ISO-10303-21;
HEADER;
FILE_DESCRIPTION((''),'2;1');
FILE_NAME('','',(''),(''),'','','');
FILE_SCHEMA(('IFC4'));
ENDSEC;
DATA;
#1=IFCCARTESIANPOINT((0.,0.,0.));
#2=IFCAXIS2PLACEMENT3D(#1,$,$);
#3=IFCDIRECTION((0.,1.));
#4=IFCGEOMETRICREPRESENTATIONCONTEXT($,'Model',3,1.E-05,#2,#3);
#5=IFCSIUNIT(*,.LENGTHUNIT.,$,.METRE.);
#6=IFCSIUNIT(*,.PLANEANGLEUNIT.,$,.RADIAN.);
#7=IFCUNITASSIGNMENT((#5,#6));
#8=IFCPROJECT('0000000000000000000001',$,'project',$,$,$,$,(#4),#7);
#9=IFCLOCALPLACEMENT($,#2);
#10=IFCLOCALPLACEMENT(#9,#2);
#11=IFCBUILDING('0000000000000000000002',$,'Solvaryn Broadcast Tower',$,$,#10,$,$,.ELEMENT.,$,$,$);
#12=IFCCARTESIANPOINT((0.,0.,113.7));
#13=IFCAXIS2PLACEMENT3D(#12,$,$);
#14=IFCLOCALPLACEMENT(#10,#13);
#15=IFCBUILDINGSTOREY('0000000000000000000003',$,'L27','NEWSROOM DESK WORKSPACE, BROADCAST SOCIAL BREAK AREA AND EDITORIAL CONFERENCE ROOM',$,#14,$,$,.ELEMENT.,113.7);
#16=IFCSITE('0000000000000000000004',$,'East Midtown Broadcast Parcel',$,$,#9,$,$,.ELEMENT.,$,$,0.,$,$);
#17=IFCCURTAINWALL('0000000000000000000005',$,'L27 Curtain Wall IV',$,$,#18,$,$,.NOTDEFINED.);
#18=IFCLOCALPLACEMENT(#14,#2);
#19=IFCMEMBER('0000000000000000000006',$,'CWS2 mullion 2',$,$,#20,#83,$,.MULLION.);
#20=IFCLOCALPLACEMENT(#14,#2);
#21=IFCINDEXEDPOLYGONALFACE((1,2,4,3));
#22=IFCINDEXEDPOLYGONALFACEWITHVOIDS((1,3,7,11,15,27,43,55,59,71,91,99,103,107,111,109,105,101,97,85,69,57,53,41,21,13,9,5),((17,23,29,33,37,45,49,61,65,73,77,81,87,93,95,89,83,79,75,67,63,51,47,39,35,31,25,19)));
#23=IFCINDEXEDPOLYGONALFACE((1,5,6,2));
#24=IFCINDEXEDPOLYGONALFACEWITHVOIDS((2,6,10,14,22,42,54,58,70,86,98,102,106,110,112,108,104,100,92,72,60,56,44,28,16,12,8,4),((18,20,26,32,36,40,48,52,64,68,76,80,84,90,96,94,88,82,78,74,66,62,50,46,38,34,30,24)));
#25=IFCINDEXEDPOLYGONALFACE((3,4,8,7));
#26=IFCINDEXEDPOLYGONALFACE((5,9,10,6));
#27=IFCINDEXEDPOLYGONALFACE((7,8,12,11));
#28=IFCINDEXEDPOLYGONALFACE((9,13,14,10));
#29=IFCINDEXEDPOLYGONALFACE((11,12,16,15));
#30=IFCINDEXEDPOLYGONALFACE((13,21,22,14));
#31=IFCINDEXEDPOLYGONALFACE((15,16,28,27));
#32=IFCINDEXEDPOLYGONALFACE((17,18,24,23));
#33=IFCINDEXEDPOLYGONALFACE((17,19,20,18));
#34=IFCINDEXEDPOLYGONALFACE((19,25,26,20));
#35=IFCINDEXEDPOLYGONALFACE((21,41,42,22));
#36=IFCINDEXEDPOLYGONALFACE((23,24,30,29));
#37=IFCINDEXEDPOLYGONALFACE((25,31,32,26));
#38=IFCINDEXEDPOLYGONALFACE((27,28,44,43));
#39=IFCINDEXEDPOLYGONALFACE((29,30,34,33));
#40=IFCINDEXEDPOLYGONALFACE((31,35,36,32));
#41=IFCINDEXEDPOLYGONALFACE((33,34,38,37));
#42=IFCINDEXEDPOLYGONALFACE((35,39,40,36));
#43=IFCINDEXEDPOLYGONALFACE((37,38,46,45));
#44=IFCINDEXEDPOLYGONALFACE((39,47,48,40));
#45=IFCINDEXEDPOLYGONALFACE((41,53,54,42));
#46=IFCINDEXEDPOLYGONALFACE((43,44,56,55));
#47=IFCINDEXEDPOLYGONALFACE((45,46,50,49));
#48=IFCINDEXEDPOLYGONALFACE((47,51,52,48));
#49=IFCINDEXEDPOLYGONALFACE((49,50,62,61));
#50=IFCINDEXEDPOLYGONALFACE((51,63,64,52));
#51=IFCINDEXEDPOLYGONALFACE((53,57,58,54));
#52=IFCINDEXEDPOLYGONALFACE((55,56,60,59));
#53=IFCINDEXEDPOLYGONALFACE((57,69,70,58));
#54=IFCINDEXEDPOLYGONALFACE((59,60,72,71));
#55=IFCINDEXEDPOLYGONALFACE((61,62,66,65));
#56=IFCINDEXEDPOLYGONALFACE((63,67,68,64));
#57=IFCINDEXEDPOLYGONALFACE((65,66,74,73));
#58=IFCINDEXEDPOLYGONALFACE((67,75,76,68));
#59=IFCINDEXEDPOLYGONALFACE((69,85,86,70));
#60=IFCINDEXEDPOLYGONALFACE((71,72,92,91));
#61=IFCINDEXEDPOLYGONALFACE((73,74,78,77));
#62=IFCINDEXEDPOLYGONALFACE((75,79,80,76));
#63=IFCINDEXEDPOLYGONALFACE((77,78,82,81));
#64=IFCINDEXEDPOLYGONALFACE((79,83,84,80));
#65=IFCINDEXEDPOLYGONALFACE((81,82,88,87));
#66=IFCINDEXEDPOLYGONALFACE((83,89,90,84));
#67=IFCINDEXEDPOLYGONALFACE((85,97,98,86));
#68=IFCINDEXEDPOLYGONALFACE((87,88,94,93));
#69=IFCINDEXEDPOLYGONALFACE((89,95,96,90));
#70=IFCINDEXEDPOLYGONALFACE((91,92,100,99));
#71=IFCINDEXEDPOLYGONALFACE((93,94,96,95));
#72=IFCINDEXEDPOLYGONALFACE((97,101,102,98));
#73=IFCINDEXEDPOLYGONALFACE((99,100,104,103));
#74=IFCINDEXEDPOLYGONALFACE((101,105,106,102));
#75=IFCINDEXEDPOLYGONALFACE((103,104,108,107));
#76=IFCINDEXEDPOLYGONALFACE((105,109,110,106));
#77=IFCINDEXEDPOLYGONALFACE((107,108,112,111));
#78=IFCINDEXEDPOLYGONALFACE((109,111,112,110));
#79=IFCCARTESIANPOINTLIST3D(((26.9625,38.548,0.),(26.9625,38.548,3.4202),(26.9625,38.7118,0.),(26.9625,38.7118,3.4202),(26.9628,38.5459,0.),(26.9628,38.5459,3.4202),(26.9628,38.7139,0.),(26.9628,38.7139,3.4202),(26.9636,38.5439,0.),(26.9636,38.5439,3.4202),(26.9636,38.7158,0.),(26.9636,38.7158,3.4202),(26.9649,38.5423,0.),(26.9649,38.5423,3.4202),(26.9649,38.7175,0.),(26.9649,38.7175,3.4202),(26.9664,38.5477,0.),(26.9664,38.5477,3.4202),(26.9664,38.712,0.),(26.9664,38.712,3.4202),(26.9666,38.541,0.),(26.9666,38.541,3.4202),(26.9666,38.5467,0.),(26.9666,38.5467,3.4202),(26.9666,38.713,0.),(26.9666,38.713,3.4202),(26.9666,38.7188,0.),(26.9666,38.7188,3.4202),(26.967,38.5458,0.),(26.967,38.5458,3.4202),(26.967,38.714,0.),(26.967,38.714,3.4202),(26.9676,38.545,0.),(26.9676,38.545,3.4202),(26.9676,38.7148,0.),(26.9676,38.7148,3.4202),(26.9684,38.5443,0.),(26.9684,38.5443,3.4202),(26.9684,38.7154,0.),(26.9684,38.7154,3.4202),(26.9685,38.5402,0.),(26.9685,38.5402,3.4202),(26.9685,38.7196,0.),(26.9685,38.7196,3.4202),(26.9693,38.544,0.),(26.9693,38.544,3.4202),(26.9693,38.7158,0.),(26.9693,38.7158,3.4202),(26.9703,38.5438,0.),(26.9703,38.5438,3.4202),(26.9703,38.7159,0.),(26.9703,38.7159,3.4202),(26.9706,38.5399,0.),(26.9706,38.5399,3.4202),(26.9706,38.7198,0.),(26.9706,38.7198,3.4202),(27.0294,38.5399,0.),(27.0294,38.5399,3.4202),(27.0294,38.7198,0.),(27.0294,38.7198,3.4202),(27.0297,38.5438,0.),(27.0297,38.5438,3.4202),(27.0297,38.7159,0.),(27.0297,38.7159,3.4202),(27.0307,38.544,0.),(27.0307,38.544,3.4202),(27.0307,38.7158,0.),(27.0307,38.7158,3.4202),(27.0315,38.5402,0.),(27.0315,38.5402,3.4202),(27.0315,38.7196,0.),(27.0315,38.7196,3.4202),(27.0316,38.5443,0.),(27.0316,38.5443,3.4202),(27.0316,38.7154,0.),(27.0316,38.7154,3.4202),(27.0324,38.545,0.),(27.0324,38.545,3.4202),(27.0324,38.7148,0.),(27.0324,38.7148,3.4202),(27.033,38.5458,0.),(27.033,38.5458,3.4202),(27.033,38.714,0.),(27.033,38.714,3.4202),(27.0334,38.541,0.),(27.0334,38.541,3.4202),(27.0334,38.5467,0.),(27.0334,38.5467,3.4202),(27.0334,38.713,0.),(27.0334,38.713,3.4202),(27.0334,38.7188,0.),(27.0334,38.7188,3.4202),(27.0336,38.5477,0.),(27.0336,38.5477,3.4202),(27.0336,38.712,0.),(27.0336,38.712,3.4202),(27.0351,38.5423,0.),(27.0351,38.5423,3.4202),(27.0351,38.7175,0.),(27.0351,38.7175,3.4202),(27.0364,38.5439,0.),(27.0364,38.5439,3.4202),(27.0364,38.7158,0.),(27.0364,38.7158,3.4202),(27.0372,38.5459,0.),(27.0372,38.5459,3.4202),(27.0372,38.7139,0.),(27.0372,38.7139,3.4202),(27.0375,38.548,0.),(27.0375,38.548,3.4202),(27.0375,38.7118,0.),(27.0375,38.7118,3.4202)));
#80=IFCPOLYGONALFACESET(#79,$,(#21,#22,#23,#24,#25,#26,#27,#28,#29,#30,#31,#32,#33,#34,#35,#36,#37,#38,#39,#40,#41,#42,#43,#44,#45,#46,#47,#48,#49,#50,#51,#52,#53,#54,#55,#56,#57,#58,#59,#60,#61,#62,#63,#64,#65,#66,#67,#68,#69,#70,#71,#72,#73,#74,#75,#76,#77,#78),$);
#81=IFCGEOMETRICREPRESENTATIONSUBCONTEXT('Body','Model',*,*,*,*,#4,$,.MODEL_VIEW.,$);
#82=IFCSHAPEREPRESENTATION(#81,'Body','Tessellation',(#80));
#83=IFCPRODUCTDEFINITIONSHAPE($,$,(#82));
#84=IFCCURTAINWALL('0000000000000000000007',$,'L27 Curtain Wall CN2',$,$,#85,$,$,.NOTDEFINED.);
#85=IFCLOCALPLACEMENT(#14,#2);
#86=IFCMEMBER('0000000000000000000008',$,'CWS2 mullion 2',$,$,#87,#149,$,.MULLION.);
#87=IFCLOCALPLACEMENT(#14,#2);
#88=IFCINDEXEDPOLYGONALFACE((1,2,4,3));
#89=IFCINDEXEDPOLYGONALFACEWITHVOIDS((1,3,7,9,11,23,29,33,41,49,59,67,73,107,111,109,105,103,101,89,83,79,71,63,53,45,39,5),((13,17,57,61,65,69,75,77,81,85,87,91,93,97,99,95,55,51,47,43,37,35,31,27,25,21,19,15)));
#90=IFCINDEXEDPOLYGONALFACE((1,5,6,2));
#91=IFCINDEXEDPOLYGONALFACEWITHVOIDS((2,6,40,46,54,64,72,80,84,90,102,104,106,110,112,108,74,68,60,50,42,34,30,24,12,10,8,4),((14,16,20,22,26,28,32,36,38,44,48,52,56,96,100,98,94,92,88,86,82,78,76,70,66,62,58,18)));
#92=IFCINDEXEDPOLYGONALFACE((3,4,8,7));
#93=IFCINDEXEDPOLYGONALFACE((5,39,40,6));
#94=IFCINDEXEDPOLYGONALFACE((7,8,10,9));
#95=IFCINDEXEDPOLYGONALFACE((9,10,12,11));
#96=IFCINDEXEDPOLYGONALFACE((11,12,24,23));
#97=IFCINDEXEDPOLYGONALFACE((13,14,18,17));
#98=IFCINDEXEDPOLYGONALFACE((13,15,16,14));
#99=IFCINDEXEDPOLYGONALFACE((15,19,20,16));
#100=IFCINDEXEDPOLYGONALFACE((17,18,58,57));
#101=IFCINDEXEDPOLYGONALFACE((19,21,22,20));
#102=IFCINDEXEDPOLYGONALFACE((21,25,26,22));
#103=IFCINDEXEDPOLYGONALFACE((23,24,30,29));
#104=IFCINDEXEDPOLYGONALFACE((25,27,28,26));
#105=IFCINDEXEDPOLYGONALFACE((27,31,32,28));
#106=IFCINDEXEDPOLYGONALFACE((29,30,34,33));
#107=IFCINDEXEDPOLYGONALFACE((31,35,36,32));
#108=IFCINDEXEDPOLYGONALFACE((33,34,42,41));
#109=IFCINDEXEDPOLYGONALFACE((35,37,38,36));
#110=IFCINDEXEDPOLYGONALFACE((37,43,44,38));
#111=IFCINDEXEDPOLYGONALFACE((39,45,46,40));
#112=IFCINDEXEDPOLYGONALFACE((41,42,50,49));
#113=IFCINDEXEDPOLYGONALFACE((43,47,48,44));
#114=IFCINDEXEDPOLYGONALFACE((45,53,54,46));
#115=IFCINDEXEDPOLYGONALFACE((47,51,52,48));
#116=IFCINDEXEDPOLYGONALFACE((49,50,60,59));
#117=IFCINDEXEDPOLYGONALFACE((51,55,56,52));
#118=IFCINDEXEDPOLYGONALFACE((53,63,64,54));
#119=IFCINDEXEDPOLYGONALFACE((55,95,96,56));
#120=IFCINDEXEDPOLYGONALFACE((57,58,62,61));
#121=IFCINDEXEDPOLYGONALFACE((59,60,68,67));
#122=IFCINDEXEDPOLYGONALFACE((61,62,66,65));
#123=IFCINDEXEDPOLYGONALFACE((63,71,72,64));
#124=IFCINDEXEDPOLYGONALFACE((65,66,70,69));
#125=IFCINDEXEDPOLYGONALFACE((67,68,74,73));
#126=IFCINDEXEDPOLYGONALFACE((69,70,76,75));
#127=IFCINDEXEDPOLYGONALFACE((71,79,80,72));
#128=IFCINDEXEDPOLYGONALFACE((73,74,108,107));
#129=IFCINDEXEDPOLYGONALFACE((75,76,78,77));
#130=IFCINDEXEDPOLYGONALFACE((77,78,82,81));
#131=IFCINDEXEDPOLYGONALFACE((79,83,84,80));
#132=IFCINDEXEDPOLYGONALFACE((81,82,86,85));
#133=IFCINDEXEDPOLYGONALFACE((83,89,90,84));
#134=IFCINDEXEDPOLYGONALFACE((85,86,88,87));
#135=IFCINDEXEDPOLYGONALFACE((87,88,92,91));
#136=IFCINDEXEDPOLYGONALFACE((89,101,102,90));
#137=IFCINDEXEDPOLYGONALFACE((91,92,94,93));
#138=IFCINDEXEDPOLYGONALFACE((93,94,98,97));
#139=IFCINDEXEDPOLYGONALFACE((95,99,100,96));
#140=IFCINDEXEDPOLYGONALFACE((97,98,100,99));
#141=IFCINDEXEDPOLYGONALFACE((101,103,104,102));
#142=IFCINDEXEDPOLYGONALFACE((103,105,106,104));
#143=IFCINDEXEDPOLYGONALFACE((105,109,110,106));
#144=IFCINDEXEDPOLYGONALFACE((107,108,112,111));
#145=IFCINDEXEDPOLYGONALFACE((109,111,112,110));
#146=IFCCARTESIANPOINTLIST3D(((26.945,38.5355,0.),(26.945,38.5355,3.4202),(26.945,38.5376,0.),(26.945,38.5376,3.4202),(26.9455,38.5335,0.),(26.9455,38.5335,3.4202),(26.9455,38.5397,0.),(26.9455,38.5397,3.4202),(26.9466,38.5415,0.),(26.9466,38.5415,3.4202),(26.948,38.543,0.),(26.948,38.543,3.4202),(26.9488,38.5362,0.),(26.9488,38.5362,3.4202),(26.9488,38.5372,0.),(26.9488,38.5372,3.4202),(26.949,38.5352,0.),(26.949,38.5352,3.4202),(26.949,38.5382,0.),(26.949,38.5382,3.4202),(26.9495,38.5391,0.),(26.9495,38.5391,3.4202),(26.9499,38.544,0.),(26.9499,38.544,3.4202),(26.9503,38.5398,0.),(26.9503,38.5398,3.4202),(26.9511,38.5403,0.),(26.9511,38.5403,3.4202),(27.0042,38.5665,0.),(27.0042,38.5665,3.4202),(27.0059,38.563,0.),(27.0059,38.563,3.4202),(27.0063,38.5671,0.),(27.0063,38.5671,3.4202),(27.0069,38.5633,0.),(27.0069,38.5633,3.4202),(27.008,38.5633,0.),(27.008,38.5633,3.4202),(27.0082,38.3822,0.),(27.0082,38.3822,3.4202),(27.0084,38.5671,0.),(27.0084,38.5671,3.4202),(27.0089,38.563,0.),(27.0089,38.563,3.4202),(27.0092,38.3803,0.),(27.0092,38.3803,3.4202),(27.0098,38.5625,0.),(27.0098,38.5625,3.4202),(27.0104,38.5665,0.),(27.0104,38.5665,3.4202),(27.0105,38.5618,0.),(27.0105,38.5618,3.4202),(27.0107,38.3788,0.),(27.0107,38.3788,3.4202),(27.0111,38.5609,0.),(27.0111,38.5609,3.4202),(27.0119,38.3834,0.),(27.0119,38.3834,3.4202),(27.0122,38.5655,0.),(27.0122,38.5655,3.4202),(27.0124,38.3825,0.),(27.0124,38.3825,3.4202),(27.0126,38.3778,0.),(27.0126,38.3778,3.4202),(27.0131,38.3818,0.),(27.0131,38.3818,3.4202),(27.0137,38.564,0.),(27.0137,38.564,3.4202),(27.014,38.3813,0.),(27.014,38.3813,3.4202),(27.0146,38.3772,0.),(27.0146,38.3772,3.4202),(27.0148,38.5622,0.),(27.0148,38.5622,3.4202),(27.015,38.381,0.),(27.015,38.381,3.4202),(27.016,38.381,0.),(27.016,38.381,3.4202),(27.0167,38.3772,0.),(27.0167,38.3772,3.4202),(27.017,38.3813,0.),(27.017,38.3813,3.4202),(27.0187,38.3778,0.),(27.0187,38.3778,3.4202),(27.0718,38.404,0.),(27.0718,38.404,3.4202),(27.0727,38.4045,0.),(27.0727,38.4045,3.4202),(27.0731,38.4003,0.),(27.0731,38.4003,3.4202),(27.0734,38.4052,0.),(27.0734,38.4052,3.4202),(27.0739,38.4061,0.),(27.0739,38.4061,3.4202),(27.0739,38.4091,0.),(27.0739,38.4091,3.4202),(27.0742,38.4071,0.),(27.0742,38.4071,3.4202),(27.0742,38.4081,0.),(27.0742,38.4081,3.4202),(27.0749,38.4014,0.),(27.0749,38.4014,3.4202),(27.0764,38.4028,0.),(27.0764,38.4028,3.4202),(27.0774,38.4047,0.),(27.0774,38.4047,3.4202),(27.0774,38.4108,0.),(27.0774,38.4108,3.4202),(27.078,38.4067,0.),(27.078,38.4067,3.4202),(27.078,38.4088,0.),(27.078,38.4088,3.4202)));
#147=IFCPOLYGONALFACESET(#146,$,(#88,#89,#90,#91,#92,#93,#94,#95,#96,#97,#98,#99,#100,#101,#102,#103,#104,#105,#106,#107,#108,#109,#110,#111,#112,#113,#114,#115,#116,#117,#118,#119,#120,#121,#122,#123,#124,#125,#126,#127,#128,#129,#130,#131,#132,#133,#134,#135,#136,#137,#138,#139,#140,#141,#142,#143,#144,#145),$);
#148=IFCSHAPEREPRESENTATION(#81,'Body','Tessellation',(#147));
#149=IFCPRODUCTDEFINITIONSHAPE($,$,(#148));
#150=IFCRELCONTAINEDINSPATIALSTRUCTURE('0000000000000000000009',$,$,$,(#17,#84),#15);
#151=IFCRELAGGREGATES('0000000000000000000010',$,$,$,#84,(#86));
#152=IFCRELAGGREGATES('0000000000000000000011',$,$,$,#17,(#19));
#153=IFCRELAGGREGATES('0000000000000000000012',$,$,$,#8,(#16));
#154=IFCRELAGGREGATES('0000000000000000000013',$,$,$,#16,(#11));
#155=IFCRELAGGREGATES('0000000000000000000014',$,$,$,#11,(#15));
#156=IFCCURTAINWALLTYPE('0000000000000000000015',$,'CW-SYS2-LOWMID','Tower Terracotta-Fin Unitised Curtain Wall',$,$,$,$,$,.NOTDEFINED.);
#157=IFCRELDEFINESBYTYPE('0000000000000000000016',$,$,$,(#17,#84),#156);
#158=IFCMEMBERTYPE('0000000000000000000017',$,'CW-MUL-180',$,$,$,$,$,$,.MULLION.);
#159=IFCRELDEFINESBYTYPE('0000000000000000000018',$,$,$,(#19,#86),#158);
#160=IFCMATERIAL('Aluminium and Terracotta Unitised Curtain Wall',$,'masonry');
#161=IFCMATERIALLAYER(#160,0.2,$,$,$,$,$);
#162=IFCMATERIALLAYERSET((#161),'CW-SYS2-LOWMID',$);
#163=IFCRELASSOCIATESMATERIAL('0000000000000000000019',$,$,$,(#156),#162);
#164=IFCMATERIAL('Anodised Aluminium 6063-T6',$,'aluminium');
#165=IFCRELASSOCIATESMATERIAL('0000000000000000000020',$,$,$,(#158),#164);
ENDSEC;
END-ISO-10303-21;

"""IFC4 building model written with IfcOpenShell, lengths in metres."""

from ifc_helpers import new_model, si_unit, direction, frame, origin, origin_2d, place, context, subcontext, project, spatial, hollow_rectangle, extrude, material, layer, layer_set, material_profile, profile_set, type_object, element, aggregate, save


model = new_model("IFC4")

# Units and contexts
model_context = context("Model", 3, precision=1e-05, world=origin(), true_north=direction((0.0, 1.0)))
body_context = subcontext(model_context, "Body", "Model", "MODEL_VIEW")
ifc_project = project(units=[si_unit("LENGTHUNIT", "METRE"), si_unit("PLANEANGLEUNIT", "RADIAN")], contexts=[model_context])

# Site, building, storey
site_placement = place(None, origin())
site = spatial("IfcSite", under=ifc_project, at=site_placement, Name="East Midtown Broadcast Parcel", CompositionType="ELEMENT", RefElevation=0.0)
building_placement = place(site_placement, origin())
building = spatial("IfcBuilding", under=site, at=building_placement, Name="Solvaryn Broadcast Tower", CompositionType="ELEMENT")
storey_placement = place(building_placement, frame((0.0, 0.0, 113.7)))
storey = spatial("IfcBuildingStorey", under=building, at=storey_placement, Name="L27", Description="NEWSROOM DESK WORKSPACE, BROADCAST SOCIAL BREAK AREA AND EDITORIAL CONFERENCE ROOM", CompositionType="ELEMENT", Elevation=113.7)

# Curtain wall, member
ifc_material_1 = material(Name="Aluminium and Terracotta Unitised Curtain Wall", Category="masonry")
ifc_layer_1 = layer(ifc_material_1, 0.2)
ifc_layer_set_1 = layer_set([ifc_layer_1], Name="CW-SYS2-LOWMID")
curtain_wall_type = type_object("IfcCurtainWallType", Name="CW-SYS2-LOWMID", Description="Tower Terracotta-Fin Unitised Curtain Wall", PredefinedType="NOTDEFINED", material=ifc_layer_set_1)
curtain_wall_1_placement = place(storey_placement, origin())
curtain_wall_1 = element("IfcCurtainWall", 1, at=curtain_wall_1_placement, inside=storey, type_object=curtain_wall_type, Name="L27 Curtain Wall IV", PredefinedType="NOTDEFINED")
ifc_material_2 = material(Name="Anodised Aluminium 6063-T6", Category="aluminium")
ifc_material_profile_1 = material_profile(ifc_material_2, hollow_rectangle(XDim=0.075, YDim=0.1799, WallThickness=0.0039, InnerFilletRadius=0.0039, OuterFilletRadius=0.0081, at=origin_2d()))
ifc_profile_set_1 = profile_set([ifc_material_profile_1], Name="Anodised Aluminium 6063-T6")
member_type_1 = type_object("IfcMemberType", Name="CW-MUL-180", PredefinedType="MULLION", material=ifc_profile_set_1)
member_1_placement = place(storey_placement, frame((27.0, 38.6299, 0.0), z_axis=(0.0, 0.0, 1.0), x_axis=(1.0, 0.0, 0.0)))
member_1 = element("IfcMember", 2, at=member_1_placement, type_object=member_type_1, Name="CWS2 mullion 2", PredefinedType="MULLION", context=body_context, shape_type="SweptSolid", body=[
    extrude(hollow_rectangle(XDim=0.075, YDim=0.1799, WallThickness=0.0039, InnerFilletRadius=0.0039, OuterFilletRadius=0.0081, at=origin_2d()), origin(), (0.0, 0.0, 1.0), 3.4202),
])

# Curtain wall, member
curtain_wall_2_placement = place(storey_placement, origin())
curtain_wall_2 = element("IfcCurtainWall", 3, at=curtain_wall_2_placement, inside=storey, type_object=curtain_wall_type, Name="L27 Curtain Wall CN2", PredefinedType="NOTDEFINED")
member_2_placement = place(storey_placement, frame((27.0115, 38.4722, 0.0), z_axis=(0.0, 0.0, 1.0), x_axis=(-0.923895, -0.382646, 0.0)))
member_2 = element("IfcMember", 4, at=member_2_placement, type_object=member_type_1, Name="CWS2 mullion 2", PredefinedType="MULLION", context=body_context, shape_type="SweptSolid", body=[
    extrude(hollow_rectangle(XDim=0.075, YDim=0.1799, WallThickness=0.0039, InnerFilletRadius=0.0039, OuterFilletRadius=0.0081, at=origin_2d()), origin(), (0.0, 0.0, 1.0), 3.4202),
])
aggregate(curtain_wall_2, [member_2])

aggregate(curtain_wall_1, [member_1])

save(model, "model.ifc")
